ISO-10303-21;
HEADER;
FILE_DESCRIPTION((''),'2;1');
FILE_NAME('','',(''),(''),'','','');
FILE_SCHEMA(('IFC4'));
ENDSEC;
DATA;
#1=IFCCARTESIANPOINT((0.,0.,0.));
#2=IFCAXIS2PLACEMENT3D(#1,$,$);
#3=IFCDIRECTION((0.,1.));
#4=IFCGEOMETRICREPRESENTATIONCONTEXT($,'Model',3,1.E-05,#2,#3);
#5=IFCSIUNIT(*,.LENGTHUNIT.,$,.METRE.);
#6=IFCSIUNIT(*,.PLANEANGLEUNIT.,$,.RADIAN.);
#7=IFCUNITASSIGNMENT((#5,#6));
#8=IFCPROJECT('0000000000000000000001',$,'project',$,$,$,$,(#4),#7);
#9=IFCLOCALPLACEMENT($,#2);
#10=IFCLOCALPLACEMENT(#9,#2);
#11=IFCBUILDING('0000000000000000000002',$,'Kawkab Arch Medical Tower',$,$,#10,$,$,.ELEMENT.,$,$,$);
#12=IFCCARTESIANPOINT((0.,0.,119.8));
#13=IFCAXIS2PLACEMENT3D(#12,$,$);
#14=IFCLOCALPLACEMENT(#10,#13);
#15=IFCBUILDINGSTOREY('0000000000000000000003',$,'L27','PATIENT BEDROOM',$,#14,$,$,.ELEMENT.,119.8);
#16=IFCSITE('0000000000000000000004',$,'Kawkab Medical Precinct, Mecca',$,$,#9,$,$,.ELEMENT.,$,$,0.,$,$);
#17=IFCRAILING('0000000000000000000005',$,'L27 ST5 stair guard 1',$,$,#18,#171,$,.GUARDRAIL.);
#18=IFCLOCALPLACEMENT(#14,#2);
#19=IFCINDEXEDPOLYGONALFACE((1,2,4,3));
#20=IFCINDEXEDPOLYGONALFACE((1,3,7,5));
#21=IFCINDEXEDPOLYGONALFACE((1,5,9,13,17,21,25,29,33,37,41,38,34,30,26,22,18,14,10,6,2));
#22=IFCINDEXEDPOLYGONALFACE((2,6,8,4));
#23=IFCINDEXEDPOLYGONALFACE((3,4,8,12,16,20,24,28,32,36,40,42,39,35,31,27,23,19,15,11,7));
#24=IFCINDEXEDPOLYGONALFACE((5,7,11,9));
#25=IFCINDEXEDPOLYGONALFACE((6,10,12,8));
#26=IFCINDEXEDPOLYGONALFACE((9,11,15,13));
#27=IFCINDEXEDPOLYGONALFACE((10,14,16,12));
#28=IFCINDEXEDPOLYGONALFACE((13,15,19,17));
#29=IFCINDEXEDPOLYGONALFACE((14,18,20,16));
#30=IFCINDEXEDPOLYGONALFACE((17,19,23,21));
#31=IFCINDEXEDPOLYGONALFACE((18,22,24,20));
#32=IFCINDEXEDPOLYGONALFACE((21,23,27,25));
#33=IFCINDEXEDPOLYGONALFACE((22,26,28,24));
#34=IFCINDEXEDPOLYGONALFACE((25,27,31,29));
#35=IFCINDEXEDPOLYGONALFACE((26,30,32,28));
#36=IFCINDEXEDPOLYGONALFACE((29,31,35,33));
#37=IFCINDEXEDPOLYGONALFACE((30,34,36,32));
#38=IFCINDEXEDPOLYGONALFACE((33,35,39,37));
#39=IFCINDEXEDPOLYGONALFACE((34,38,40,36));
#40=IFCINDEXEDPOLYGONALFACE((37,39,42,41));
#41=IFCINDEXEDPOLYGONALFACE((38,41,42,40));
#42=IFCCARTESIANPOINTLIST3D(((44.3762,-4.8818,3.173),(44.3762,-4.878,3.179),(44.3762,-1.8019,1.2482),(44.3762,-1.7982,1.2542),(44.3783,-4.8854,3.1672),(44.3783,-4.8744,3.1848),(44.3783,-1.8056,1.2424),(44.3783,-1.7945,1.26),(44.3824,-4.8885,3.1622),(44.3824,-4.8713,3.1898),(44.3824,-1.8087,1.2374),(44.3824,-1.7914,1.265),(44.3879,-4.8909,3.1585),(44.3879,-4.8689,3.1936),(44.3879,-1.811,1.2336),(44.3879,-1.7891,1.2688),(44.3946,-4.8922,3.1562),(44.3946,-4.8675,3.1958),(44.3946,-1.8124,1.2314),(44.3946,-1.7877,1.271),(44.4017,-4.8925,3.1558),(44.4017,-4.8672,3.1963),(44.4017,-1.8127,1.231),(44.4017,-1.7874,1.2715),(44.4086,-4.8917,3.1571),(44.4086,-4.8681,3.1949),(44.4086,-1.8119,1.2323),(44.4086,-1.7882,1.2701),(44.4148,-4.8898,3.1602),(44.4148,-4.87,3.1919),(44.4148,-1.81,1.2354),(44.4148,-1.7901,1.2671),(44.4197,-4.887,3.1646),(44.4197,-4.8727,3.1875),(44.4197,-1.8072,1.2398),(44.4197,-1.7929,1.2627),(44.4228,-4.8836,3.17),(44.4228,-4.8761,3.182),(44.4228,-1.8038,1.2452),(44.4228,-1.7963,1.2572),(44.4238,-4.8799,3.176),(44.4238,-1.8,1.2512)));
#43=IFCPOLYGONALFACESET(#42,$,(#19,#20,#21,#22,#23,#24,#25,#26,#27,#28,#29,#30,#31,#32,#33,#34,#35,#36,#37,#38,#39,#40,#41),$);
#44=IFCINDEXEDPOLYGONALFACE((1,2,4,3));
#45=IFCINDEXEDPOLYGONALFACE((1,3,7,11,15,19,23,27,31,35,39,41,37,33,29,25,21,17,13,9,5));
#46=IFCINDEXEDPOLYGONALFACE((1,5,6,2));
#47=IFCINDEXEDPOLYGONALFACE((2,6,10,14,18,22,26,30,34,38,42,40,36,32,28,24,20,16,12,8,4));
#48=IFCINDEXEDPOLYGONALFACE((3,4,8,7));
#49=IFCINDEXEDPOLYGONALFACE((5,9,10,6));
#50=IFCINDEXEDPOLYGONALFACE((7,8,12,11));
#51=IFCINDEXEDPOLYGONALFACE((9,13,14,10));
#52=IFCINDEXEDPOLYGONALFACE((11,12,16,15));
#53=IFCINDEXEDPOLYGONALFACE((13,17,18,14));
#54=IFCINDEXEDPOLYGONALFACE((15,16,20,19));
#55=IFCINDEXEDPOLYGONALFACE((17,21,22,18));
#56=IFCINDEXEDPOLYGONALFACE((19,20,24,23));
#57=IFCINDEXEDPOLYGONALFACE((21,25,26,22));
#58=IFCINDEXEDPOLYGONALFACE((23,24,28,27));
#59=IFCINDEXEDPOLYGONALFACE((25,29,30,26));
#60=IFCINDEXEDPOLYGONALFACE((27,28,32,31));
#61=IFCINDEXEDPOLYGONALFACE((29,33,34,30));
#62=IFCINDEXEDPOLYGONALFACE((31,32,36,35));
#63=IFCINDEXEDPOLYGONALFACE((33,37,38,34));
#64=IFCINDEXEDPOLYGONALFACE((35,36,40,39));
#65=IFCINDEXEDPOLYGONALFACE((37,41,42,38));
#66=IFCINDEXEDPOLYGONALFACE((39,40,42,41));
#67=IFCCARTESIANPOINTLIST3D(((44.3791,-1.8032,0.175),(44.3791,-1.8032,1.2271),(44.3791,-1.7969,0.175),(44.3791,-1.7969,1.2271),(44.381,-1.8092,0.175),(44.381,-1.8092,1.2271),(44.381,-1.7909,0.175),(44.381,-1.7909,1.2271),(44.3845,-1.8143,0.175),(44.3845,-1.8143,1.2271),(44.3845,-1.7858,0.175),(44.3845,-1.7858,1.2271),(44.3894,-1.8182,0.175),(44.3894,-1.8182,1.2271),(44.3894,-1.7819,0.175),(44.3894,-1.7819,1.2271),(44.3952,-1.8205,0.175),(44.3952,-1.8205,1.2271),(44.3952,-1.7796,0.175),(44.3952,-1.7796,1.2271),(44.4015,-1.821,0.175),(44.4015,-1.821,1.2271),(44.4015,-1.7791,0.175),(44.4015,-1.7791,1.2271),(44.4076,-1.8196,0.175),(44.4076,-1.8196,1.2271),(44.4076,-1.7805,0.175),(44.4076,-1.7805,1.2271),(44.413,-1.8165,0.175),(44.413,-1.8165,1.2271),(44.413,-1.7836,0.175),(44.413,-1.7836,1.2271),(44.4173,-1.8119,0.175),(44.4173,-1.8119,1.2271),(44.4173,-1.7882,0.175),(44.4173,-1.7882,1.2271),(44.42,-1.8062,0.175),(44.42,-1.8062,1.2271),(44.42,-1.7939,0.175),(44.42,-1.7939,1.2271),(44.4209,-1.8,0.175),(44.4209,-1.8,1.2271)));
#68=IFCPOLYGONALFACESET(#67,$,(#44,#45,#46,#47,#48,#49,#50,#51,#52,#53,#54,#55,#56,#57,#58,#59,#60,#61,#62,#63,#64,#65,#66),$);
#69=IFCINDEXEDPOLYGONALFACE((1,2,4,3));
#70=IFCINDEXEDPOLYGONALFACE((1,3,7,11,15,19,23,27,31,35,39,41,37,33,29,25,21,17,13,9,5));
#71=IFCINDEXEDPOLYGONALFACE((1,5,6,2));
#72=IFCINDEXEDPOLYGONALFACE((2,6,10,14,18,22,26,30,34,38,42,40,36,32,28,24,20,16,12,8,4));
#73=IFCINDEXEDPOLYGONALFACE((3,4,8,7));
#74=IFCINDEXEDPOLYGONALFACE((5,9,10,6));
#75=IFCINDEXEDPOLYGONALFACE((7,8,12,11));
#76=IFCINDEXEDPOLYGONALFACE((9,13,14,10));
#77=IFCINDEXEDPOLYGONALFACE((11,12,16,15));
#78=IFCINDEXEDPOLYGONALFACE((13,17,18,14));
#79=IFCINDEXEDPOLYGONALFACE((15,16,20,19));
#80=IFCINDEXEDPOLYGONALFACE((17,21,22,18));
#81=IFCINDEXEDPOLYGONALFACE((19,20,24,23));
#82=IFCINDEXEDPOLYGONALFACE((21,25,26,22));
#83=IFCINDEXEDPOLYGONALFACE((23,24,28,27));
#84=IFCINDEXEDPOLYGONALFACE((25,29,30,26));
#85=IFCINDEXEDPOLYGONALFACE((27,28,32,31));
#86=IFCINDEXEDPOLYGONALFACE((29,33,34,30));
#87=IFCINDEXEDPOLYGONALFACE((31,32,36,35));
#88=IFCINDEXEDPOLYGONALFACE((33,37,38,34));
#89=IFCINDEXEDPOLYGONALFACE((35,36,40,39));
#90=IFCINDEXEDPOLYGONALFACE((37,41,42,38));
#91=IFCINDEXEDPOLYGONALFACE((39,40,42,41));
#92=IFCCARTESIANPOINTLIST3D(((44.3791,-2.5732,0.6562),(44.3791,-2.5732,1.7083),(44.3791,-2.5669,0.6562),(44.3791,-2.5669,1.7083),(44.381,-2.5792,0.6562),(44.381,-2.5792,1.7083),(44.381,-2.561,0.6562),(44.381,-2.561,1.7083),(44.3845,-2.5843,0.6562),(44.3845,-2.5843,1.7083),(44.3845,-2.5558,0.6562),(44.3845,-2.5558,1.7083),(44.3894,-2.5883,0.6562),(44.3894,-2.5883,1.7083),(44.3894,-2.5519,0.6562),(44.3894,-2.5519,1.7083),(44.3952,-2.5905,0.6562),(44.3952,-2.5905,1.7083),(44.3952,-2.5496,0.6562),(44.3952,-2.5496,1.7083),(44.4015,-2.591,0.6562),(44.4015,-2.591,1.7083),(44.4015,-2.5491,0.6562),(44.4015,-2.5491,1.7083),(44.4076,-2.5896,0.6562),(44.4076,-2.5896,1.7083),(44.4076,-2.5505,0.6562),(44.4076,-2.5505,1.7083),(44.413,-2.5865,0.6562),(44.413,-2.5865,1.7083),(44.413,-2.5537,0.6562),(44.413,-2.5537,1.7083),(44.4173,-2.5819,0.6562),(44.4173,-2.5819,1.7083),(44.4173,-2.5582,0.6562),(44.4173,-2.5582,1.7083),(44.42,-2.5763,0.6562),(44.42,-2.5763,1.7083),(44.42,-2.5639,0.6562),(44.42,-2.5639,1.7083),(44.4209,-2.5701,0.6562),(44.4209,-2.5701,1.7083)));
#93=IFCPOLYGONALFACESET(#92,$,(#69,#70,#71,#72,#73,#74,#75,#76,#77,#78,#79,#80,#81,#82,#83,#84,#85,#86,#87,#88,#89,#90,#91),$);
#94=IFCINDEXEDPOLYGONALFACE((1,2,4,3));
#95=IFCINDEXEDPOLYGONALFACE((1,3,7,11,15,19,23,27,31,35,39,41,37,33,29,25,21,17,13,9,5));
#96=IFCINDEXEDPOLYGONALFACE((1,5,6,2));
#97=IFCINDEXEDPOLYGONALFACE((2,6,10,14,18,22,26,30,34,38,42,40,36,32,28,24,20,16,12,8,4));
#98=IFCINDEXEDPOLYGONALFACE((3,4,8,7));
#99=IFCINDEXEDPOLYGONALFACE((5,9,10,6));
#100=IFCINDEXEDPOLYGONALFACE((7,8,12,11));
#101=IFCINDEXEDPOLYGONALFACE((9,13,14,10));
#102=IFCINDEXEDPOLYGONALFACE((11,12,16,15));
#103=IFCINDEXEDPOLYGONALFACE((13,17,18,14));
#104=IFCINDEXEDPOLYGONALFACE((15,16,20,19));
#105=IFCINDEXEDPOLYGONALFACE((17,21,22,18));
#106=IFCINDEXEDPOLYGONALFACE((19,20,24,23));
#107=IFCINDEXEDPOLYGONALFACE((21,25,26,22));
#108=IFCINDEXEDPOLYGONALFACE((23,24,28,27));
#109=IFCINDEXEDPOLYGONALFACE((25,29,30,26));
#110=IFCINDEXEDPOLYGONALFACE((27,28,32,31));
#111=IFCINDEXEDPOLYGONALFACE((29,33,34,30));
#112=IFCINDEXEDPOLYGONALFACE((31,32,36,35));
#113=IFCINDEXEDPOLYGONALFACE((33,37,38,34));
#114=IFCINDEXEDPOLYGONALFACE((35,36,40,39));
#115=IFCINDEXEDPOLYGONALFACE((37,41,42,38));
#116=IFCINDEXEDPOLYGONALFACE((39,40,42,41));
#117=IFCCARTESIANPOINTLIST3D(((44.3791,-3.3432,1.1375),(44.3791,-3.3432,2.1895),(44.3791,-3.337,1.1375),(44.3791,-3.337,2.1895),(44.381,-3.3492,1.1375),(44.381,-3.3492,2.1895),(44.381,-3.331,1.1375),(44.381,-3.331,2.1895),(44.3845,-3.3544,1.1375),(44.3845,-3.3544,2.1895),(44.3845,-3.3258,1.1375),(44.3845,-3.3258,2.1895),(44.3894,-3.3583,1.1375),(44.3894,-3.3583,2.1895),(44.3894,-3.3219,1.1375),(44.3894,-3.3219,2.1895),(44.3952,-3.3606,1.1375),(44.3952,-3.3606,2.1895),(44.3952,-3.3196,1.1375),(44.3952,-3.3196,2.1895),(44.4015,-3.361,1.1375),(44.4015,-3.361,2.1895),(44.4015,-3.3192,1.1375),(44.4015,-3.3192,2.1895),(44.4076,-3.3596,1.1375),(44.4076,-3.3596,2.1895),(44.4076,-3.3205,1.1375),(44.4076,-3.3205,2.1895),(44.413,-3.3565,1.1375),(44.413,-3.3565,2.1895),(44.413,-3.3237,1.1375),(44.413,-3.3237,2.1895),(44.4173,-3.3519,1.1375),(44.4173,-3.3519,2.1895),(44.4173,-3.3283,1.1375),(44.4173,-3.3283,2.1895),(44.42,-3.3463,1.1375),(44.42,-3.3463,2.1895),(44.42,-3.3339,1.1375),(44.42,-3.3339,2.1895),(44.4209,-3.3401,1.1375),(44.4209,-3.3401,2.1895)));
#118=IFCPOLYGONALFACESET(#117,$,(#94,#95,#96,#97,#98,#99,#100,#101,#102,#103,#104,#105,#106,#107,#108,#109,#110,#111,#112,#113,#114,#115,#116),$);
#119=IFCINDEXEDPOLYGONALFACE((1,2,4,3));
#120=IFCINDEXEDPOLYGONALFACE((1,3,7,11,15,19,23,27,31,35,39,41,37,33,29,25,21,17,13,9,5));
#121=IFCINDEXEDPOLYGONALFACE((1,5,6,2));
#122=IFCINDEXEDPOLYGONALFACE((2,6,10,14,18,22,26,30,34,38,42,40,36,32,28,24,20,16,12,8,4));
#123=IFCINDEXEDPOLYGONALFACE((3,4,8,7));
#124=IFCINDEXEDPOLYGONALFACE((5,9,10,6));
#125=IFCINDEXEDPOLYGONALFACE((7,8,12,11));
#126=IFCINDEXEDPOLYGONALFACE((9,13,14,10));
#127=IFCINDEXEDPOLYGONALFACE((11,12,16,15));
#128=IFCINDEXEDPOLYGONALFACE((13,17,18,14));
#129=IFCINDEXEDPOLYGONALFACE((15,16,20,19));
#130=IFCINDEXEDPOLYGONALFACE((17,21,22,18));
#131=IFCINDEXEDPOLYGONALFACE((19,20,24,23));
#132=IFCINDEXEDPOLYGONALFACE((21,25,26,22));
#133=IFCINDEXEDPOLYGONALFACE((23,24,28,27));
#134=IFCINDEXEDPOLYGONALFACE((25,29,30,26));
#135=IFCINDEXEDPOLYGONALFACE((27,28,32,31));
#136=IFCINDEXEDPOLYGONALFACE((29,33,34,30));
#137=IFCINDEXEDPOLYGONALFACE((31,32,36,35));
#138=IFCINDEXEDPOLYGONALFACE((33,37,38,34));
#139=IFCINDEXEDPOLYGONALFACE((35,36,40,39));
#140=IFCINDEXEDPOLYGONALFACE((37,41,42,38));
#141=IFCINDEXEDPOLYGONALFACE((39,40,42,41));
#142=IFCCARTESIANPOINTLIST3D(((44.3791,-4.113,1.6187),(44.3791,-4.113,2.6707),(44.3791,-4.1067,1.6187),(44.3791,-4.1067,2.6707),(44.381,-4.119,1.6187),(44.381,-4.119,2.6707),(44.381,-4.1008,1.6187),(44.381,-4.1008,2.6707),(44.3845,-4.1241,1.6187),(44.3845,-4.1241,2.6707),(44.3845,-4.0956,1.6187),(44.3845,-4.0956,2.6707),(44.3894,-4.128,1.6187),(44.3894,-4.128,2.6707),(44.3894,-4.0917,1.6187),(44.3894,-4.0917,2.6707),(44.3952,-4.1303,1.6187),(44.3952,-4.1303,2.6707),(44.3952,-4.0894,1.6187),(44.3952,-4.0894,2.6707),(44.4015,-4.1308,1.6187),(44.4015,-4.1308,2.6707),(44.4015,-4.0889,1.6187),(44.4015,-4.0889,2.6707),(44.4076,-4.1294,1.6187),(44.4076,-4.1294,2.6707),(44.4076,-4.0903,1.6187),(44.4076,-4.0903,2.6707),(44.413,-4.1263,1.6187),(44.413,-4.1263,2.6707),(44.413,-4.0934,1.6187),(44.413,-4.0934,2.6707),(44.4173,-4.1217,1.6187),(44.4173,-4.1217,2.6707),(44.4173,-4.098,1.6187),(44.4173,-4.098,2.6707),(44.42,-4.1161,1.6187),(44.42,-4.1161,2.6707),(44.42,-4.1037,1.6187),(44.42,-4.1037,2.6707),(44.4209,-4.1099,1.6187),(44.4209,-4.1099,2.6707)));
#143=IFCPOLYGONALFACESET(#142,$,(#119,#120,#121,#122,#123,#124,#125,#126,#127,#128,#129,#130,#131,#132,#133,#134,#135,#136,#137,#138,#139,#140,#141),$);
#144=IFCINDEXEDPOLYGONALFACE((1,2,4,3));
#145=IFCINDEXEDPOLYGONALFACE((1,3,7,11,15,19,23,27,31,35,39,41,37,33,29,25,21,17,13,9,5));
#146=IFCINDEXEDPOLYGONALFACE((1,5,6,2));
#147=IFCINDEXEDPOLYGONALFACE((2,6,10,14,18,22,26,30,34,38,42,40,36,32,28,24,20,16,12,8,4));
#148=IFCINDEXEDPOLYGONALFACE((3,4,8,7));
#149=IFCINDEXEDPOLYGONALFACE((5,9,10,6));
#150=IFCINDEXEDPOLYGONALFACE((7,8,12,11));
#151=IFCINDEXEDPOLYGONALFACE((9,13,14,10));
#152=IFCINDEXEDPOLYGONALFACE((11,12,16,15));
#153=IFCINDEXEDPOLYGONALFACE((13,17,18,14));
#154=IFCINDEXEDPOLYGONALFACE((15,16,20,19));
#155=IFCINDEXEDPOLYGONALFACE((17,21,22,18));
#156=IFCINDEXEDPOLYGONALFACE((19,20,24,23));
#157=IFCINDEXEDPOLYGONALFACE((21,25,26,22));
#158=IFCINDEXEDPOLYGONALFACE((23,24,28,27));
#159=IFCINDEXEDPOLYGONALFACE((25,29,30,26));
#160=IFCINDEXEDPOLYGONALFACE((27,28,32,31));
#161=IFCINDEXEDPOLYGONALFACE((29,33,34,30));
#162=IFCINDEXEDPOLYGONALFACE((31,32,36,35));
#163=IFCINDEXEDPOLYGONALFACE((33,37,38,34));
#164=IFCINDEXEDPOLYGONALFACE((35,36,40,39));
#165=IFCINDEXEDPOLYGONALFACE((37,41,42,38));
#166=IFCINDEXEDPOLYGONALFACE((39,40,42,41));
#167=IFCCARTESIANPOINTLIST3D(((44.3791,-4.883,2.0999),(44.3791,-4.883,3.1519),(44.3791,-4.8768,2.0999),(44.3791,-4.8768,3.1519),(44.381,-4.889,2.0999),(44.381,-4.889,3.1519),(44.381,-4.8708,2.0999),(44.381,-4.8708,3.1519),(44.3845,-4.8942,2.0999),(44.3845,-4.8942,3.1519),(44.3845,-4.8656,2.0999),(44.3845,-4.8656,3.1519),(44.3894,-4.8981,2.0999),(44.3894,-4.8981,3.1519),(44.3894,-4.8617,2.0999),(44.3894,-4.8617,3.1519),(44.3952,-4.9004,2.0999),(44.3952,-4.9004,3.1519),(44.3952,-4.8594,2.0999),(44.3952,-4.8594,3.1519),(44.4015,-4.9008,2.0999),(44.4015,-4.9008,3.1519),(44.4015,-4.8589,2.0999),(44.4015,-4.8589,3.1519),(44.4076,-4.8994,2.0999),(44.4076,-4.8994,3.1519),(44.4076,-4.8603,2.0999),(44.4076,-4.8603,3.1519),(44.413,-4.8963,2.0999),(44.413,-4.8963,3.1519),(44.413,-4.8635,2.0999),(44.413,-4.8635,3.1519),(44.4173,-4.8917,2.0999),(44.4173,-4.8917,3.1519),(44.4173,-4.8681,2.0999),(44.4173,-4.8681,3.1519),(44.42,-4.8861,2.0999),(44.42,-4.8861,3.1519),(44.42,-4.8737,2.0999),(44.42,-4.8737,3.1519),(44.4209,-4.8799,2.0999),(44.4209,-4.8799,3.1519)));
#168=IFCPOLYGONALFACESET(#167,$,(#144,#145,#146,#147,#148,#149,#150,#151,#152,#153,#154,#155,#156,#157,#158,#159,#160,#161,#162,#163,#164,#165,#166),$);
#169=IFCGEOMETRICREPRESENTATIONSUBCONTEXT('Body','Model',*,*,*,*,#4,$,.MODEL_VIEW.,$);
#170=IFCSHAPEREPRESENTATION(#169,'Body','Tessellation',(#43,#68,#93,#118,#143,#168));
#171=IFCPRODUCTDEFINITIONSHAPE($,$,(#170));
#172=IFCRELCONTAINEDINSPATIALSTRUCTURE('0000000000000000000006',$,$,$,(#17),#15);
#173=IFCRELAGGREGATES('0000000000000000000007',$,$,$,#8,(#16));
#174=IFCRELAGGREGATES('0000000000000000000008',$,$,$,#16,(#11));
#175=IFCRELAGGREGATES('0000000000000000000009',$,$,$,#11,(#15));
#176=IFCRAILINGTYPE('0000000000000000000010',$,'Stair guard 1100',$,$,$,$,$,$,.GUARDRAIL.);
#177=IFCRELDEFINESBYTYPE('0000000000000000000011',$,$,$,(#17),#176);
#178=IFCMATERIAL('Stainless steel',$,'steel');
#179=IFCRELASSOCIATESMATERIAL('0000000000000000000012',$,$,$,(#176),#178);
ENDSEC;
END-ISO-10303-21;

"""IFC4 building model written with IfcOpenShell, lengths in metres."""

from ifc_helpers import new_model, si_unit, direction, frame, origin, origin_2d, place, context, subcontext, project, spatial, circle, extrude, material, type_object, element, save


model = new_model("IFC4")

# Units and contexts
model_context = context("Model", 3, precision=1e-05, world=origin(), true_north=direction((0.0, 1.0)))
body_context = subcontext(model_context, "Body", "Model", "MODEL_VIEW")
ifc_project = project(units=[si_unit("LENGTHUNIT", "METRE"), si_unit("PLANEANGLEUNIT", "RADIAN")], contexts=[model_context])

# Site, building, storey
site_placement = place(None, origin())
site = spatial("IfcSite", under=ifc_project, at=site_placement, Name="Kawkab Medical Precinct, Mecca", CompositionType="ELEMENT", RefElevation=0.0)
building_placement = place(site_placement, origin())
building = spatial("IfcBuilding", under=site, at=building_placement, Name="Kawkab Arch Medical Tower", CompositionType="ELEMENT")
storey_placement = place(building_placement, frame((0.0, 0.0, 119.8)))
storey = spatial("IfcBuildingStorey", under=building, at=storey_placement, Name="L27", Description="PATIENT BEDROOM", CompositionType="ELEMENT", Elevation=119.8)

# Railing
ifc_material_1 = material(Name="Stainless steel", Category="steel")
railing_type = type_object("IfcRailingType", Name="Stair guard 1100", PredefinedType="GUARDRAIL", material=ifc_material_1)
railing_1_placement = place(storey_placement, frame((44.3999, -1.8, 0.175)))
element("IfcRailing", 1, at=railing_1_placement, inside=storey, type_object=railing_type, Name="L27 ST5 stair guard 1", PredefinedType="GUARDRAIL", context=body_context, shape_type="SweptSolid", body=[
    extrude(circle(Radius=0.0239, at=origin_2d()), frame((0.0, 0.0, 1.0762), z_axis=(0.0, -0.84801, 0.529981), x_axis=(1.0, 0.0, 0.0)), (0.0, 0.0, 1.0), 3.6318),
    extrude(circle(Radius=0.021, at=origin_2d()), origin(), (0.0, 0.0, 1.0), 1.052),
    extrude(circle(Radius=0.021, at=origin_2d()), frame((0.0, -0.77, 0.4812)), (0.0, 0.0, 1.0), 1.052),
    extrude(circle(Radius=0.021, at=origin_2d()), frame((0.0, -1.54, 0.9624)), (0.0, 0.0, 1.0), 1.052),
    extrude(circle(Radius=0.021, at=origin_2d()), frame((0.0, -2.3098, 1.4436)), (0.0, 0.0, 1.0), 1.052),
    extrude(circle(Radius=0.021, at=origin_2d()), frame((0.0, -3.0798, 1.9248)), (0.0, 0.0, 1.0), 1.052),
])

save(model, "model.ifc")
